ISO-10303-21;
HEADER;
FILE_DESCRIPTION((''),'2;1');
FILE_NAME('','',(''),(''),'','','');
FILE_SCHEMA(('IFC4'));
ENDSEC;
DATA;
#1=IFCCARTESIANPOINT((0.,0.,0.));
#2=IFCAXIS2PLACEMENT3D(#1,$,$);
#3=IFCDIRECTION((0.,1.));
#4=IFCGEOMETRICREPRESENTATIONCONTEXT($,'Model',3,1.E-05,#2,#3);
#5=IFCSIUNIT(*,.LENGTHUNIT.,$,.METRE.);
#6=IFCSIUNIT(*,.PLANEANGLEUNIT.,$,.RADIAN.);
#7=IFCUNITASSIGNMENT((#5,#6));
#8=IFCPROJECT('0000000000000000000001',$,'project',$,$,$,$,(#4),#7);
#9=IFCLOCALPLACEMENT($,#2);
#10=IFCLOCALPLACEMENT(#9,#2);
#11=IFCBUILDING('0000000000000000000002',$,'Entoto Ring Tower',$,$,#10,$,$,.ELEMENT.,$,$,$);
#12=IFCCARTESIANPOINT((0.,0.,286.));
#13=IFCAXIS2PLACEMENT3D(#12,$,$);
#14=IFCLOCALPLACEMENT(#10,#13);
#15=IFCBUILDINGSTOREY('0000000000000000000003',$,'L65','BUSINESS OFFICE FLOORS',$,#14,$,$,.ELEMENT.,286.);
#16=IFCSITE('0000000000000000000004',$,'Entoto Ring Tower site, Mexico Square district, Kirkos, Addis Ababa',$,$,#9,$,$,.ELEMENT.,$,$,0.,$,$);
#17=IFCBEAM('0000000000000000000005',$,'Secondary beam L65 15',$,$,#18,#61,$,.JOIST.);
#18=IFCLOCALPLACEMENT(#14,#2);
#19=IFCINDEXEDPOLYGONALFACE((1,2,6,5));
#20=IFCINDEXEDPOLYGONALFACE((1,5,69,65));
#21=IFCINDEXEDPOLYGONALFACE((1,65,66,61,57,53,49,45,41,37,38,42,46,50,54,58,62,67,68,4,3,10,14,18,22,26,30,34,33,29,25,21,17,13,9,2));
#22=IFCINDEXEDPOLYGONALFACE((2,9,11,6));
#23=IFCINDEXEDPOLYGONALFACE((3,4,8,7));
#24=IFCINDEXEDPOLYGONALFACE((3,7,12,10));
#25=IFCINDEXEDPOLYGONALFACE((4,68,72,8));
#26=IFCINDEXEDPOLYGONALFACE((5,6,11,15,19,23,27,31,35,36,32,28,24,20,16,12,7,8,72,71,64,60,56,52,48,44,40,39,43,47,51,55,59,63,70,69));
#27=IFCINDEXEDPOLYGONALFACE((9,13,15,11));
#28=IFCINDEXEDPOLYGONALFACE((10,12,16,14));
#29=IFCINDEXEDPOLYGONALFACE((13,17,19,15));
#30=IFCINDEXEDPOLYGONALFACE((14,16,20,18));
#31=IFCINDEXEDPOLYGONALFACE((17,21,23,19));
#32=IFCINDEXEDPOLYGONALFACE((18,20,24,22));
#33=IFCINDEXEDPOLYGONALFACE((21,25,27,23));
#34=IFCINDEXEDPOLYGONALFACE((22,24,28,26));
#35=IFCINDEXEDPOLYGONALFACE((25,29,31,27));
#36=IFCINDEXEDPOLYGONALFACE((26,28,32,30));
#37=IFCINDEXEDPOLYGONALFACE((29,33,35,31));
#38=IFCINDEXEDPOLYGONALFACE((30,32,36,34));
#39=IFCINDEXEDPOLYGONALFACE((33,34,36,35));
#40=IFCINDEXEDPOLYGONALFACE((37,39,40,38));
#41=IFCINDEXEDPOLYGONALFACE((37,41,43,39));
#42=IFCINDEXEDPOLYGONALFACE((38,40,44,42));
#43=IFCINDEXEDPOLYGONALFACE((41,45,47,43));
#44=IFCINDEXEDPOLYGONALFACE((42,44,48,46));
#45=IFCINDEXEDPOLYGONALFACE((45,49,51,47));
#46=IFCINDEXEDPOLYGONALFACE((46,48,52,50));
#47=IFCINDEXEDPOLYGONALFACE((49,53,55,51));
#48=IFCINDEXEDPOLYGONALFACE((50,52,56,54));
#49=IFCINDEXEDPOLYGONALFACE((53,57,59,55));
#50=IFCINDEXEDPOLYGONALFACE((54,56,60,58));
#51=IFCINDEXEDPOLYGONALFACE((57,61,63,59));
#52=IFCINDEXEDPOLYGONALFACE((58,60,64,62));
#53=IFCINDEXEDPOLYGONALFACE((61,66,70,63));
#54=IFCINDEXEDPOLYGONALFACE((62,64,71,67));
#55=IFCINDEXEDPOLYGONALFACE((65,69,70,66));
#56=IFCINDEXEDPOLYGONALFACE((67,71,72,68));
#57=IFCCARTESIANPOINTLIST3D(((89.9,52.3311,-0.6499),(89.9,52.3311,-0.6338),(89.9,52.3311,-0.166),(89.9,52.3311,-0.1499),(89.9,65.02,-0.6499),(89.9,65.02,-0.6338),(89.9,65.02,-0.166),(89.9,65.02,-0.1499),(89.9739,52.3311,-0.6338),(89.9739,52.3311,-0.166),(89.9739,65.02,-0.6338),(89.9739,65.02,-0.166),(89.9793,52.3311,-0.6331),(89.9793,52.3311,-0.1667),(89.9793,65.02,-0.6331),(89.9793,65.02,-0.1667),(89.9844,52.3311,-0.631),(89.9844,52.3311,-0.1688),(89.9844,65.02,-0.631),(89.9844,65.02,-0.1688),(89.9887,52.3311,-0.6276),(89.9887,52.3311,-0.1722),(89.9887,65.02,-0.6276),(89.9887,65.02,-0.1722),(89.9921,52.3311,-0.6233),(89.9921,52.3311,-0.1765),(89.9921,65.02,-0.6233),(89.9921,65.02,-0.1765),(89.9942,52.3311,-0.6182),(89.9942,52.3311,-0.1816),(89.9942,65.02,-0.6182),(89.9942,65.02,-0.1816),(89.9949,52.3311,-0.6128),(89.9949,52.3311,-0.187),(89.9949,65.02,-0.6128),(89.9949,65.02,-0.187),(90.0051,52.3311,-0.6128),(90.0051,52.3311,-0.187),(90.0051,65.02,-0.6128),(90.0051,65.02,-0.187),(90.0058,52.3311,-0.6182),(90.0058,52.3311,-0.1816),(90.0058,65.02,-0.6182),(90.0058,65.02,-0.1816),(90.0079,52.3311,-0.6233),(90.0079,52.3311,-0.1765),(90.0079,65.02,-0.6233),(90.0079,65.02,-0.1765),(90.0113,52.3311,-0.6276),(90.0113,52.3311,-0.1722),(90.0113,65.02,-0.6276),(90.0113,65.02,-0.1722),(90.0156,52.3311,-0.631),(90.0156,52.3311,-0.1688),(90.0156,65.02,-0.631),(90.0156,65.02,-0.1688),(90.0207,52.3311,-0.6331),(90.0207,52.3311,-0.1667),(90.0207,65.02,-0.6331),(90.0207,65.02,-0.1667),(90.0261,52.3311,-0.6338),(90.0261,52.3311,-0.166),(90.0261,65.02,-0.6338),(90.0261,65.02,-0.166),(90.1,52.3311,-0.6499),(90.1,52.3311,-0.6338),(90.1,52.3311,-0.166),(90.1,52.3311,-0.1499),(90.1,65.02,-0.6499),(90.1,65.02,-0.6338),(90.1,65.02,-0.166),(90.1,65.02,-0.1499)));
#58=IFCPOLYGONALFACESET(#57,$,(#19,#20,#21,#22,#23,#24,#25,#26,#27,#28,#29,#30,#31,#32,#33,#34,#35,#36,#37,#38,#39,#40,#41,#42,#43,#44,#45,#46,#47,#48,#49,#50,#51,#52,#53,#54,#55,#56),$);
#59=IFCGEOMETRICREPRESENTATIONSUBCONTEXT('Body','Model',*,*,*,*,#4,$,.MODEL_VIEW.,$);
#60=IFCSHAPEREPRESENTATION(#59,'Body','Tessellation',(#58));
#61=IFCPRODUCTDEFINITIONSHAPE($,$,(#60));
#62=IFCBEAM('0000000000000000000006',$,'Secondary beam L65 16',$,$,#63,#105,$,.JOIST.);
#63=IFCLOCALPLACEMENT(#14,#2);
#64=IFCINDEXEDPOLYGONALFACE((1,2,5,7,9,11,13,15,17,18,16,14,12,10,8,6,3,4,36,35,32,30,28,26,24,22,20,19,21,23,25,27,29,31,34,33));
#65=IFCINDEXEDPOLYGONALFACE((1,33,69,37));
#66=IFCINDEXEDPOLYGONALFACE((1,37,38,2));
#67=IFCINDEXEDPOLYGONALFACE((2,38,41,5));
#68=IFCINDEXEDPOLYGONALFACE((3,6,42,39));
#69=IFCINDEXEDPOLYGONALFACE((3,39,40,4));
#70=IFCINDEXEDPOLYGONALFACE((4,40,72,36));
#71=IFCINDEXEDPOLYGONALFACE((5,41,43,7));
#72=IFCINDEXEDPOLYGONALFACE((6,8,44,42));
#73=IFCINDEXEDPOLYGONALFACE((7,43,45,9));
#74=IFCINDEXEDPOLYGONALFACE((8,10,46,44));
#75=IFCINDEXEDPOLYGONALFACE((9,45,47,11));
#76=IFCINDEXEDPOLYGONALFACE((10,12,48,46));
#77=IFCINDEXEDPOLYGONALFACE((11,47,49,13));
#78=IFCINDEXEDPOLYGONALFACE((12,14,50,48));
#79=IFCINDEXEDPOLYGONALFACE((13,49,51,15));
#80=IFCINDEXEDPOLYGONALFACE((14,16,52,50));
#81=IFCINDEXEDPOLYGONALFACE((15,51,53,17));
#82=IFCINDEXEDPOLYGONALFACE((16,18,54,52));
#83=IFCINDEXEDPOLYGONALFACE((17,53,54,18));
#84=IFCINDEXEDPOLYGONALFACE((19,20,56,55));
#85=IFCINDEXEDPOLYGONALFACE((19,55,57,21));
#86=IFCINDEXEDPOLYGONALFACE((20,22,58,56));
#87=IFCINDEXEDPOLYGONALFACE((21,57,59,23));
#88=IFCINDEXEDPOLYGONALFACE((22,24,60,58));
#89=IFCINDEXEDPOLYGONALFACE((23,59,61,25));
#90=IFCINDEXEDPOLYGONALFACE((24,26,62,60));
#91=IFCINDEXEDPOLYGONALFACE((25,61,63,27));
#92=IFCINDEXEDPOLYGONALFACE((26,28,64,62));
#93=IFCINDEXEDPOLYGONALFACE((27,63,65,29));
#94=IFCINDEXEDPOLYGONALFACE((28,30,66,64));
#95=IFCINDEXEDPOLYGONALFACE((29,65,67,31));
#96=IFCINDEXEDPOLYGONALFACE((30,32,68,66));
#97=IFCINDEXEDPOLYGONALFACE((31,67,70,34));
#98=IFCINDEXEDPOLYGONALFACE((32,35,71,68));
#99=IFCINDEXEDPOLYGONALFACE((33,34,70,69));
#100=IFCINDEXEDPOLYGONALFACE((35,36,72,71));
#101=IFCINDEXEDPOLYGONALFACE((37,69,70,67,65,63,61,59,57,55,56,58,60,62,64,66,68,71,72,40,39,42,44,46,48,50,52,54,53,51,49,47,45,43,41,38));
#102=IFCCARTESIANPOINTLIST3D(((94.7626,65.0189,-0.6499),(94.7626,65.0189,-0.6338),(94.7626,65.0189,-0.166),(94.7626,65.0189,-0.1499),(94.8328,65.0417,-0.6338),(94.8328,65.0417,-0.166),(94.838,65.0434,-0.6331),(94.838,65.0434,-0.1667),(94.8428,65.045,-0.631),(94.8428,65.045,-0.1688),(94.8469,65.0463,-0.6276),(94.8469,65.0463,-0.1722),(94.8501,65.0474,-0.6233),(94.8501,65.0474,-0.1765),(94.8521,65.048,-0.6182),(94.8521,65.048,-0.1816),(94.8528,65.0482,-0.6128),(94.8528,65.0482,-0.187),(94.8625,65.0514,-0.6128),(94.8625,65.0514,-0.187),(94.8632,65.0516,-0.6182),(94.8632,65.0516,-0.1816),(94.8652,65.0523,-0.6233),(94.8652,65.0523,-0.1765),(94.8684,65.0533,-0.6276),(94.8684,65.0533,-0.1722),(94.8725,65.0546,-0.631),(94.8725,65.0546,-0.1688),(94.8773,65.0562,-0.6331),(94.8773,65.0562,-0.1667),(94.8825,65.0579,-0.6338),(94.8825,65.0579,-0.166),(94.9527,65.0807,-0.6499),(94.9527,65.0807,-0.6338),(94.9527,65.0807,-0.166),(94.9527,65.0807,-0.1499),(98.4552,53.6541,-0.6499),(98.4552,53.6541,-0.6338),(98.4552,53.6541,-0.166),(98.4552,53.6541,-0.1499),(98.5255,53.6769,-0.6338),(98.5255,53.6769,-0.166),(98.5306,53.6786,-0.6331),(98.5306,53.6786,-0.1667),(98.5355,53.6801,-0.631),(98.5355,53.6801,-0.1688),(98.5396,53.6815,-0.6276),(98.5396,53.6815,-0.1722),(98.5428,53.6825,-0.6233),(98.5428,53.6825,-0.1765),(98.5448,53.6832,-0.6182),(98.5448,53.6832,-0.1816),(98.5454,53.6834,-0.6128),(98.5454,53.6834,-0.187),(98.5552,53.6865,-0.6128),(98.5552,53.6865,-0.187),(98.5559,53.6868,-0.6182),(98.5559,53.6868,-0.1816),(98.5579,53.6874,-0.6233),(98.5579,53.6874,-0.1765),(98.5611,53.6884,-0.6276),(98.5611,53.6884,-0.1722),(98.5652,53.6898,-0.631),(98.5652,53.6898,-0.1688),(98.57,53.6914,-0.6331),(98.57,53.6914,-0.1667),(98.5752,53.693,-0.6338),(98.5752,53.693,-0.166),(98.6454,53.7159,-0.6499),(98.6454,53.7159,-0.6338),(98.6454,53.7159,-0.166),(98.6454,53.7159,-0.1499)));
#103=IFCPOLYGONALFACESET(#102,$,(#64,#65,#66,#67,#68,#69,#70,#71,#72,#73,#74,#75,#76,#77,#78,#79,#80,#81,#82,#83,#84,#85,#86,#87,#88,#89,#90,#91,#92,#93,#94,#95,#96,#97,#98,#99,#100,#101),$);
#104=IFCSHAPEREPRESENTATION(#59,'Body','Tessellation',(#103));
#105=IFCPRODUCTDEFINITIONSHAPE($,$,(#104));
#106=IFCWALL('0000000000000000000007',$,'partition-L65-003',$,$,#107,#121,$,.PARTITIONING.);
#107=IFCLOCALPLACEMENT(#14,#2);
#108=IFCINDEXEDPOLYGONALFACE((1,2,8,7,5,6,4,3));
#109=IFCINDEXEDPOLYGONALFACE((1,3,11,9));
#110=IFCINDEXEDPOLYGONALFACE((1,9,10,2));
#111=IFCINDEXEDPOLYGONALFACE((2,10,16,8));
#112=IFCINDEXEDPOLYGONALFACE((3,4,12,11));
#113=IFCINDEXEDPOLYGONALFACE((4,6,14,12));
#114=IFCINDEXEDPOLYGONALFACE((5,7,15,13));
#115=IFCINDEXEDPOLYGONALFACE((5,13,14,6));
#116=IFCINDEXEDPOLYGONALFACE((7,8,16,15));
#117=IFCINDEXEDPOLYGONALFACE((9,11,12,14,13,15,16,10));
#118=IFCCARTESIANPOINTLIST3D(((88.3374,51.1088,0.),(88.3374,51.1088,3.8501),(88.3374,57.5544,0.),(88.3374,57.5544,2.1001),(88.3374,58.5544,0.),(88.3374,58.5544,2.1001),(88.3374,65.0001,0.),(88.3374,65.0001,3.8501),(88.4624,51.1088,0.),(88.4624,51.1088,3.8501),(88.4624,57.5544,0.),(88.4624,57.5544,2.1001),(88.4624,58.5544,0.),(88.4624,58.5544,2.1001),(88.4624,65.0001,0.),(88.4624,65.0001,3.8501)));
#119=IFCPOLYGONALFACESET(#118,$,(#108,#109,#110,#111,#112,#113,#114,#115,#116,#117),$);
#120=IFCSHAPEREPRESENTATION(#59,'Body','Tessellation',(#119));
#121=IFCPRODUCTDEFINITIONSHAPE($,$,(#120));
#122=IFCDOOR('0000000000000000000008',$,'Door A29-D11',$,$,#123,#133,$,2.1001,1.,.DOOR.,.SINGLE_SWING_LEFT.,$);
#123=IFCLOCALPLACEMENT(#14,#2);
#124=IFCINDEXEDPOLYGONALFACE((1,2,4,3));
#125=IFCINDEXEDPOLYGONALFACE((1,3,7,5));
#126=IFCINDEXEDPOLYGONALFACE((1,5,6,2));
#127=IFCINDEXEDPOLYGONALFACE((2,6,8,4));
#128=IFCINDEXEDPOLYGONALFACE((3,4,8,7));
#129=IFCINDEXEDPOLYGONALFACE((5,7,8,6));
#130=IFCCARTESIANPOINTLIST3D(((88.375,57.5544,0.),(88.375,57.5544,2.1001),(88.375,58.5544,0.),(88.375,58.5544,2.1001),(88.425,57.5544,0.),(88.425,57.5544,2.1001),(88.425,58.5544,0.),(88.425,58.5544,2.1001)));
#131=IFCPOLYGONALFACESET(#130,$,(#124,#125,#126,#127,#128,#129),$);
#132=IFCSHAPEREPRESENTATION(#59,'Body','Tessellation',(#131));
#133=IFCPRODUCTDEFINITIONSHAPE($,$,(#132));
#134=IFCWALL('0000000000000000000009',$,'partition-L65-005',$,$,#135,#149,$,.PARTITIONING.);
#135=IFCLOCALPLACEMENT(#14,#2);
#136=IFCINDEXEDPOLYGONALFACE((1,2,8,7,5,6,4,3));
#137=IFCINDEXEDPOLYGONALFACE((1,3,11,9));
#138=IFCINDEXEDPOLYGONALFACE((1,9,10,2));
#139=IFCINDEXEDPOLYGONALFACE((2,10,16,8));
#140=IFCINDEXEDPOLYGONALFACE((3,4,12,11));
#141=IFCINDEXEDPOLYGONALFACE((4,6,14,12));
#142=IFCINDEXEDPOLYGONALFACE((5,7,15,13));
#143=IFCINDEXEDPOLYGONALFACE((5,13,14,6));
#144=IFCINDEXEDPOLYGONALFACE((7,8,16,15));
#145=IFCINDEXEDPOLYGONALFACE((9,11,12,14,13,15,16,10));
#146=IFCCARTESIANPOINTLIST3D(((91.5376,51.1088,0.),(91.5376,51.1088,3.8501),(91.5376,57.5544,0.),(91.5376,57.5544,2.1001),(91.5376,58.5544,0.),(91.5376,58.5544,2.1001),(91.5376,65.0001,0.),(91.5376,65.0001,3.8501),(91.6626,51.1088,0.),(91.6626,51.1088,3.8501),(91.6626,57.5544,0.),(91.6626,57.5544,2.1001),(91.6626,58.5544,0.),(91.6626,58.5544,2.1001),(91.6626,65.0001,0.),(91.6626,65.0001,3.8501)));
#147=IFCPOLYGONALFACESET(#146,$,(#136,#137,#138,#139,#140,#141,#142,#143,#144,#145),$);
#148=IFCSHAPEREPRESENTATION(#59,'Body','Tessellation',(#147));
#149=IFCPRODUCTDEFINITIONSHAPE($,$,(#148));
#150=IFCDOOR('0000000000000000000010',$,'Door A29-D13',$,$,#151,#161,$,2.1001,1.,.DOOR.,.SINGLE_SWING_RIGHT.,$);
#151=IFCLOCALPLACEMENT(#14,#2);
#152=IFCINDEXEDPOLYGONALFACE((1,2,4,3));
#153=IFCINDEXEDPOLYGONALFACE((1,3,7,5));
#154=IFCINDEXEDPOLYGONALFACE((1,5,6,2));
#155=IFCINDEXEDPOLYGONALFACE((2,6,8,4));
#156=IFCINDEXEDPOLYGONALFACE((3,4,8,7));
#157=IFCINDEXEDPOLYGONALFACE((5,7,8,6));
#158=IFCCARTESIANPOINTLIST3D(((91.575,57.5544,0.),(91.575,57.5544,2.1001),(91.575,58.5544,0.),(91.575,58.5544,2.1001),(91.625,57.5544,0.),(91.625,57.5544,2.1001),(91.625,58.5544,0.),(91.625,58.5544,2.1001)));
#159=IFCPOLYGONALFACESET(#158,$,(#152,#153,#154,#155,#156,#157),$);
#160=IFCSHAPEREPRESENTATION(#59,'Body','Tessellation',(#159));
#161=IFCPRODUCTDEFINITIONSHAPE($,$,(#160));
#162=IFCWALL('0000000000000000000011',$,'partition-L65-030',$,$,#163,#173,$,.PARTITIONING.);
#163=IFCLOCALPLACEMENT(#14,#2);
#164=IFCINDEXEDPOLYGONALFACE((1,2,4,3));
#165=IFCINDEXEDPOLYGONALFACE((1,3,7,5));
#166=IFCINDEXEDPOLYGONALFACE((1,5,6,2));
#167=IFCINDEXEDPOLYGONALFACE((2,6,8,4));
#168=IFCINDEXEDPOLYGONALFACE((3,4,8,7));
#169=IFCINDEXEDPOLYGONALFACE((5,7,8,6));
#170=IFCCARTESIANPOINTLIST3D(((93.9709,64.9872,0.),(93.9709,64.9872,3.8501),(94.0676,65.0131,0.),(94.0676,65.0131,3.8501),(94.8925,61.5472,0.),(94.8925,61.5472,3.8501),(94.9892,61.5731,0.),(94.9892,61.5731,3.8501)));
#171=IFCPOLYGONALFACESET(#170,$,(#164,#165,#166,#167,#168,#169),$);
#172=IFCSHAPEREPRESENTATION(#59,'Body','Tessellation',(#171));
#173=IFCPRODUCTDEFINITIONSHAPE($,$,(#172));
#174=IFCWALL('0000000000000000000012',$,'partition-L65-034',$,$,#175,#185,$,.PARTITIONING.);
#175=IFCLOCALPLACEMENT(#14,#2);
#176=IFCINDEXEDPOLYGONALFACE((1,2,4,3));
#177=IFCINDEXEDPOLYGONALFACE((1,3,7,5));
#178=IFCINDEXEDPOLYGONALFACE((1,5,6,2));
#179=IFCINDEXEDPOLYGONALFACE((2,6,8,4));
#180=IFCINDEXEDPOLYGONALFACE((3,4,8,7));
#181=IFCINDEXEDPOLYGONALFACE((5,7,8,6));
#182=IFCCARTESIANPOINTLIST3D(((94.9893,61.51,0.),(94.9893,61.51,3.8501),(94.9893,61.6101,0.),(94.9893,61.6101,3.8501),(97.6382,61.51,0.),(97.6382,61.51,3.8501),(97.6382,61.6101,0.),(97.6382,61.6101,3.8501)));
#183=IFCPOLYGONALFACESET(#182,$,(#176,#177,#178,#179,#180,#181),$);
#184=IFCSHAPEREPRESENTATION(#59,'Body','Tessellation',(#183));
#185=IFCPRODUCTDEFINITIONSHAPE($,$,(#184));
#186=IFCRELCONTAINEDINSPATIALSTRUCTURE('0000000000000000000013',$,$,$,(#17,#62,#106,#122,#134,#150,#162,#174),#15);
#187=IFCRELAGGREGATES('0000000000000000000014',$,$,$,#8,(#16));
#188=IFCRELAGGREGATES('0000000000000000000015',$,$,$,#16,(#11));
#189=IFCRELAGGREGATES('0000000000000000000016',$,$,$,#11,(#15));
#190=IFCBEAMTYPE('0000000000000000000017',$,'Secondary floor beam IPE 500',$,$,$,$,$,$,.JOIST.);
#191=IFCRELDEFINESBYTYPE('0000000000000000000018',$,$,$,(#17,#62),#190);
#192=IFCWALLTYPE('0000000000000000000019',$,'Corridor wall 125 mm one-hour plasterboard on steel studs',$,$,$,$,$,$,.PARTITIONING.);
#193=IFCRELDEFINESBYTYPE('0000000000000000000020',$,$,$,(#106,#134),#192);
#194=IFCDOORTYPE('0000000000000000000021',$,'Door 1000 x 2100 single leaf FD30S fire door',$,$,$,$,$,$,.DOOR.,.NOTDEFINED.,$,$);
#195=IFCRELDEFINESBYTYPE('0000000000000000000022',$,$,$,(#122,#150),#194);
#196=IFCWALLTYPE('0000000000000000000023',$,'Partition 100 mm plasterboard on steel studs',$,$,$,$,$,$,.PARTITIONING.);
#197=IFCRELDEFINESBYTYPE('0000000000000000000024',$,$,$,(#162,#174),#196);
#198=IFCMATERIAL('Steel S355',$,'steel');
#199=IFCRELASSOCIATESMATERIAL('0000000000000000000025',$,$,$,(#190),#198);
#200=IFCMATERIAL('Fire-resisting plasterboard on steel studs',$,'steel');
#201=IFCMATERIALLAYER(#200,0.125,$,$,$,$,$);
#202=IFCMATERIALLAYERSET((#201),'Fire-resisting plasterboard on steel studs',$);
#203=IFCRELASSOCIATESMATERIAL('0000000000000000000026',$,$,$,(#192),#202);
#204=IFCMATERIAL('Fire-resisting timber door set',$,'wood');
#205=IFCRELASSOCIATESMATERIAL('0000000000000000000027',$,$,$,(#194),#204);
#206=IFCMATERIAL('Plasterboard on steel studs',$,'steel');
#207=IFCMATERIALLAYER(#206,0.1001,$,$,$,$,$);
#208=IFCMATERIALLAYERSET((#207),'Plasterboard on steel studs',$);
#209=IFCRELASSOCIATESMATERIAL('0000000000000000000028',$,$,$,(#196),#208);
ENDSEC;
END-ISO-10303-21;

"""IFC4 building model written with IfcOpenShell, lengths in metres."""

from ifc_helpers import new_model, si_unit, direction, frame, frame_2d, origin, origin_2d, place, context, subcontext, project, spatial, rectangle, i_section, extrude, material, layer, layer_set, material_profile, profile_set, type_object, element, fill, save


model = new_model("IFC4")

# Units and contexts
model_context = context("Model", 3, precision=1e-05, world=origin(), true_north=direction((0.0, 1.0)))
body_context = subcontext(model_context, "Body", "Model", "MODEL_VIEW")
ifc_project = project(units=[si_unit("LENGTHUNIT", "METRE"), si_unit("PLANEANGLEUNIT", "RADIAN")], contexts=[model_context])

# Site, building, storey
site_placement = place(None, origin())
site = spatial("IfcSite", under=ifc_project, at=site_placement, Name="Entoto Ring Tower site, Mexico Square district, Kirkos, Addis Ababa", CompositionType="ELEMENT", RefElevation=0.0)
building_placement = place(site_placement, origin())
building = spatial("IfcBuilding", under=site, at=building_placement, Name="Entoto Ring Tower", CompositionType="ELEMENT")
storey_placement = place(building_placement, frame((0.0, 0.0, 286.0)))
storey = spatial("IfcBuildingStorey", under=building, at=storey_placement, Name="L65", Description="BUSINESS OFFICE FLOORS", CompositionType="ELEMENT", Elevation=286.0)

# Beams
ifc_material_1 = material(Name="Steel S355", Category="steel")
ifc_material_profile_1 = material_profile(ifc_material_1, i_section(OverallWidth=0.2, OverallDepth=0.5, WebThickness=0.0103, FlangeThickness=0.0161, FilletRadius=0.021, at=origin_2d()), Name="IPE 500")
ifc_profile_set_1 = profile_set([ifc_material_profile_1], Name="Steel S355")
beam_type_1 = type_object("IfcBeamType", Name="Secondary floor beam IPE 500", PredefinedType="JOIST", material=ifc_profile_set_1)
beam_1_placement = place(storey_placement, frame((90.0, 65.02, -0.3999), z_axis=(0.0, -1.0, 0.0), x_axis=(1.0, 0.0, 0.0)))
element("IfcBeam", 1, at=beam_1_placement, inside=storey, type_object=beam_type_1, Name="Secondary beam L65 15", PredefinedType="JOIST", context=body_context, shape_type="SweptSolid", body=[
    extrude(i_section(OverallWidth=0.2, OverallDepth=0.5, WebThickness=0.0103, FlangeThickness=0.0161, FilletRadius=0.021, at=origin_2d()), origin(), (0.0, 0.0, 1.0), 12.689),
])
beam_2_placement = place(storey_placement, frame((94.8577, 65.0498, -0.3999), z_axis=(0.309017, -0.951057, 0.0), x_axis=(0.951057, 0.309017, 0.0)))
element("IfcBeam", 2, at=beam_2_placement, inside=storey, type_object=beam_type_1, Name="Secondary beam L65 16", PredefinedType="JOIST", context=body_context, shape_type="SweptSolid", body=[
    extrude(i_section(OverallWidth=0.2, OverallDepth=0.5, WebThickness=0.0103, FlangeThickness=0.0161, FilletRadius=0.021, at=origin_2d()), origin(), (0.0, 0.0, 1.0), 11.9497),
])

# Walls, openings, doors
ifc_material_2 = material(Name="Fire-resisting plasterboard on steel studs", Category="steel")
ifc_layer_1 = layer(ifc_material_2, 0.125)
ifc_layer_set_1 = layer_set([ifc_layer_1], Name="Fire-resisting plasterboard on steel studs")
wall_type_1 = type_object("IfcWallType", Name="Corridor wall 125 mm one-hour plasterboard on steel studs", PredefinedType="PARTITIONING", material=ifc_layer_set_1)
wall_1_placement = place(storey_placement, frame((88.3999, 51.1086, 0.0), z_axis=(0.0, 0.0, 1.0), x_axis=(0.0, 1.0, 0.0)))
wall_1 = element("IfcWall", 3, at=wall_1_placement, inside=storey, type_object=wall_type_1, Name="partition-L65-003", PredefinedType="PARTITIONING", context=body_context, shape_type="SweptSolid", body=[
    extrude(rectangle(XDim=13.8914, YDim=0.125, at=frame_2d((6.9458, 0.0))), origin(), (0.0, 0.0, 1.0), 3.8501),
])
opening_1_placement = place(wall_1_placement, frame((6.4458, 0.0, 0.0)))
opening_1 = element("IfcOpeningElement", 4, at=opening_1_placement, cuts=wall_1, PredefinedType="OPENING", context=body_context, shape_type="SweptSolid", body=[
    extrude(rectangle(XDim=1.0, YDim=2.1001, at=frame_2d((0.5, 1.05))), frame((0.0, 0.0725, 0.0), z_axis=(0.0, -1.0, 0.0), x_axis=(1.0, 0.0, 0.0)), (0.0, 0.0, 1.0), 0.145),
])
ifc_material_3 = material(Name="Fire-resisting timber door set", Category="wood")
door_type = type_object("IfcDoorType", Name="Door 1000 x 2100 single leaf FD30S fire door", OperationType="NOTDEFINED", PredefinedType="DOOR", material=ifc_material_3)
door_1_placement = place(opening_1_placement, origin())
door_1 = element("IfcDoor", 5, at=door_1_placement, inside=storey, type_object=door_type, Name="Door A29-D11", OperationType="SINGLE_SWING_LEFT", OverallHeight=2.1001, OverallWidth=1.0, PredefinedType="DOOR", context=body_context, shape_type="SweptSolid", body=[
    extrude(rectangle(XDim=1.0, YDim=2.1001, at=frame_2d((0.5, 1.05))), frame((0.0, 0.0249, 0.0), z_axis=(0.0, -1.0, 0.0), x_axis=(1.0, 0.0, 0.0)), (0.0, 0.0, 1.0), 0.05),
])
fill(opening_1, door_1)
wall_2_placement = place(storey_placement, frame((91.6001, 51.1086, 0.0), z_axis=(0.0, 0.0, 1.0), x_axis=(0.0, 1.0, 0.0)))
wall_2 = element("IfcWall", 6, at=wall_2_placement, inside=storey, type_object=wall_type_1, Name="partition-L65-005", PredefinedType="PARTITIONING", context=body_context, shape_type="SweptSolid", body=[
    extrude(rectangle(XDim=13.8914, YDim=0.125, at=frame_2d((6.9458, 0.0))), origin(), (0.0, 0.0, 1.0), 3.8501),
])
opening_2_placement = place(wall_2_placement, frame((6.4458, 0.0, 0.0)))
opening_2 = element("IfcOpeningElement", 7, at=opening_2_placement, cuts=wall_2, PredefinedType="OPENING", context=body_context, shape_type="SweptSolid", body=[
    extrude(rectangle(XDim=1.0, YDim=2.1001, at=frame_2d((0.5, 1.05))), frame((0.0, 0.0725, 0.0), z_axis=(0.0, -1.0, 0.0), x_axis=(1.0, 0.0, 0.0)), (0.0, 0.0, 1.0), 0.145),
])
door_2_placement = place(opening_2_placement, frame((1.0, 0.0, 0.0), z_axis=(0.0, 0.0, 1.0), x_axis=(-1.0, 0.0, 0.0)))
door_2 = element("IfcDoor", 8, at=door_2_placement, inside=storey, type_object=door_type, Name="Door A29-D13", OperationType="SINGLE_SWING_RIGHT", OverallHeight=2.1001, OverallWidth=1.0, PredefinedType="DOOR", context=body_context, shape_type="SweptSolid", body=[
    extrude(rectangle(XDim=1.0, YDim=2.1001, at=frame_2d((0.5, 1.05))), frame((0.0, 0.0249, 0.0), z_axis=(0.0, -1.0, 0.0), x_axis=(1.0, 0.0, 0.0)), (0.0, 0.0, 1.0), 0.05),
])
fill(opening_2, door_2)

# Walls
ifc_material_4 = material(Name="Plasterboard on steel studs", Category="steel")
ifc_layer_2 = layer(ifc_material_4, 0.1001)
ifc_layer_set_2 = layer_set([ifc_layer_2], Name="Plasterboard on steel studs")
wall_type_2 = type_object("IfcWallType", Name="Partition 100 mm plasterboard on steel studs", PredefinedType="PARTITIONING", material=ifc_layer_set_2)
wall_3_placement = place(storey_placement, frame((94.9409, 61.5601, 0.0), z_axis=(0.0, 0.0, 1.0), x_axis=(-0.258793, 0.965933, 0.0)))
element("IfcWall", 9, at=wall_3_placement, inside=storey, type_object=wall_type_2, Name="partition-L65-030", PredefinedType="PARTITIONING", context=body_context, shape_type="SweptSolid", body=[
    extrude(rectangle(XDim=3.5613, YDim=0.1001, at=frame_2d((1.7808, 0.0))), origin(), (0.0, 0.0, 1.0), 3.8501),
])
wall_4_placement = place(storey_placement, frame((94.9893, 61.5601, 0.0), z_axis=(0.0, 0.0, 1.0), x_axis=(1.0, 0.0, 0.0)))
element("IfcWall", 10, at=wall_4_placement, inside=storey, type_object=wall_type_2, Name="partition-L65-034", PredefinedType="PARTITIONING", context=body_context, shape_type="SweptSolid", body=[
    extrude(rectangle(XDim=2.6489, YDim=0.1001, at=frame_2d((1.3245, 0.0))), origin(), (0.0, 0.0, 1.0), 3.8501),
])

save(model, "model.ifc")
